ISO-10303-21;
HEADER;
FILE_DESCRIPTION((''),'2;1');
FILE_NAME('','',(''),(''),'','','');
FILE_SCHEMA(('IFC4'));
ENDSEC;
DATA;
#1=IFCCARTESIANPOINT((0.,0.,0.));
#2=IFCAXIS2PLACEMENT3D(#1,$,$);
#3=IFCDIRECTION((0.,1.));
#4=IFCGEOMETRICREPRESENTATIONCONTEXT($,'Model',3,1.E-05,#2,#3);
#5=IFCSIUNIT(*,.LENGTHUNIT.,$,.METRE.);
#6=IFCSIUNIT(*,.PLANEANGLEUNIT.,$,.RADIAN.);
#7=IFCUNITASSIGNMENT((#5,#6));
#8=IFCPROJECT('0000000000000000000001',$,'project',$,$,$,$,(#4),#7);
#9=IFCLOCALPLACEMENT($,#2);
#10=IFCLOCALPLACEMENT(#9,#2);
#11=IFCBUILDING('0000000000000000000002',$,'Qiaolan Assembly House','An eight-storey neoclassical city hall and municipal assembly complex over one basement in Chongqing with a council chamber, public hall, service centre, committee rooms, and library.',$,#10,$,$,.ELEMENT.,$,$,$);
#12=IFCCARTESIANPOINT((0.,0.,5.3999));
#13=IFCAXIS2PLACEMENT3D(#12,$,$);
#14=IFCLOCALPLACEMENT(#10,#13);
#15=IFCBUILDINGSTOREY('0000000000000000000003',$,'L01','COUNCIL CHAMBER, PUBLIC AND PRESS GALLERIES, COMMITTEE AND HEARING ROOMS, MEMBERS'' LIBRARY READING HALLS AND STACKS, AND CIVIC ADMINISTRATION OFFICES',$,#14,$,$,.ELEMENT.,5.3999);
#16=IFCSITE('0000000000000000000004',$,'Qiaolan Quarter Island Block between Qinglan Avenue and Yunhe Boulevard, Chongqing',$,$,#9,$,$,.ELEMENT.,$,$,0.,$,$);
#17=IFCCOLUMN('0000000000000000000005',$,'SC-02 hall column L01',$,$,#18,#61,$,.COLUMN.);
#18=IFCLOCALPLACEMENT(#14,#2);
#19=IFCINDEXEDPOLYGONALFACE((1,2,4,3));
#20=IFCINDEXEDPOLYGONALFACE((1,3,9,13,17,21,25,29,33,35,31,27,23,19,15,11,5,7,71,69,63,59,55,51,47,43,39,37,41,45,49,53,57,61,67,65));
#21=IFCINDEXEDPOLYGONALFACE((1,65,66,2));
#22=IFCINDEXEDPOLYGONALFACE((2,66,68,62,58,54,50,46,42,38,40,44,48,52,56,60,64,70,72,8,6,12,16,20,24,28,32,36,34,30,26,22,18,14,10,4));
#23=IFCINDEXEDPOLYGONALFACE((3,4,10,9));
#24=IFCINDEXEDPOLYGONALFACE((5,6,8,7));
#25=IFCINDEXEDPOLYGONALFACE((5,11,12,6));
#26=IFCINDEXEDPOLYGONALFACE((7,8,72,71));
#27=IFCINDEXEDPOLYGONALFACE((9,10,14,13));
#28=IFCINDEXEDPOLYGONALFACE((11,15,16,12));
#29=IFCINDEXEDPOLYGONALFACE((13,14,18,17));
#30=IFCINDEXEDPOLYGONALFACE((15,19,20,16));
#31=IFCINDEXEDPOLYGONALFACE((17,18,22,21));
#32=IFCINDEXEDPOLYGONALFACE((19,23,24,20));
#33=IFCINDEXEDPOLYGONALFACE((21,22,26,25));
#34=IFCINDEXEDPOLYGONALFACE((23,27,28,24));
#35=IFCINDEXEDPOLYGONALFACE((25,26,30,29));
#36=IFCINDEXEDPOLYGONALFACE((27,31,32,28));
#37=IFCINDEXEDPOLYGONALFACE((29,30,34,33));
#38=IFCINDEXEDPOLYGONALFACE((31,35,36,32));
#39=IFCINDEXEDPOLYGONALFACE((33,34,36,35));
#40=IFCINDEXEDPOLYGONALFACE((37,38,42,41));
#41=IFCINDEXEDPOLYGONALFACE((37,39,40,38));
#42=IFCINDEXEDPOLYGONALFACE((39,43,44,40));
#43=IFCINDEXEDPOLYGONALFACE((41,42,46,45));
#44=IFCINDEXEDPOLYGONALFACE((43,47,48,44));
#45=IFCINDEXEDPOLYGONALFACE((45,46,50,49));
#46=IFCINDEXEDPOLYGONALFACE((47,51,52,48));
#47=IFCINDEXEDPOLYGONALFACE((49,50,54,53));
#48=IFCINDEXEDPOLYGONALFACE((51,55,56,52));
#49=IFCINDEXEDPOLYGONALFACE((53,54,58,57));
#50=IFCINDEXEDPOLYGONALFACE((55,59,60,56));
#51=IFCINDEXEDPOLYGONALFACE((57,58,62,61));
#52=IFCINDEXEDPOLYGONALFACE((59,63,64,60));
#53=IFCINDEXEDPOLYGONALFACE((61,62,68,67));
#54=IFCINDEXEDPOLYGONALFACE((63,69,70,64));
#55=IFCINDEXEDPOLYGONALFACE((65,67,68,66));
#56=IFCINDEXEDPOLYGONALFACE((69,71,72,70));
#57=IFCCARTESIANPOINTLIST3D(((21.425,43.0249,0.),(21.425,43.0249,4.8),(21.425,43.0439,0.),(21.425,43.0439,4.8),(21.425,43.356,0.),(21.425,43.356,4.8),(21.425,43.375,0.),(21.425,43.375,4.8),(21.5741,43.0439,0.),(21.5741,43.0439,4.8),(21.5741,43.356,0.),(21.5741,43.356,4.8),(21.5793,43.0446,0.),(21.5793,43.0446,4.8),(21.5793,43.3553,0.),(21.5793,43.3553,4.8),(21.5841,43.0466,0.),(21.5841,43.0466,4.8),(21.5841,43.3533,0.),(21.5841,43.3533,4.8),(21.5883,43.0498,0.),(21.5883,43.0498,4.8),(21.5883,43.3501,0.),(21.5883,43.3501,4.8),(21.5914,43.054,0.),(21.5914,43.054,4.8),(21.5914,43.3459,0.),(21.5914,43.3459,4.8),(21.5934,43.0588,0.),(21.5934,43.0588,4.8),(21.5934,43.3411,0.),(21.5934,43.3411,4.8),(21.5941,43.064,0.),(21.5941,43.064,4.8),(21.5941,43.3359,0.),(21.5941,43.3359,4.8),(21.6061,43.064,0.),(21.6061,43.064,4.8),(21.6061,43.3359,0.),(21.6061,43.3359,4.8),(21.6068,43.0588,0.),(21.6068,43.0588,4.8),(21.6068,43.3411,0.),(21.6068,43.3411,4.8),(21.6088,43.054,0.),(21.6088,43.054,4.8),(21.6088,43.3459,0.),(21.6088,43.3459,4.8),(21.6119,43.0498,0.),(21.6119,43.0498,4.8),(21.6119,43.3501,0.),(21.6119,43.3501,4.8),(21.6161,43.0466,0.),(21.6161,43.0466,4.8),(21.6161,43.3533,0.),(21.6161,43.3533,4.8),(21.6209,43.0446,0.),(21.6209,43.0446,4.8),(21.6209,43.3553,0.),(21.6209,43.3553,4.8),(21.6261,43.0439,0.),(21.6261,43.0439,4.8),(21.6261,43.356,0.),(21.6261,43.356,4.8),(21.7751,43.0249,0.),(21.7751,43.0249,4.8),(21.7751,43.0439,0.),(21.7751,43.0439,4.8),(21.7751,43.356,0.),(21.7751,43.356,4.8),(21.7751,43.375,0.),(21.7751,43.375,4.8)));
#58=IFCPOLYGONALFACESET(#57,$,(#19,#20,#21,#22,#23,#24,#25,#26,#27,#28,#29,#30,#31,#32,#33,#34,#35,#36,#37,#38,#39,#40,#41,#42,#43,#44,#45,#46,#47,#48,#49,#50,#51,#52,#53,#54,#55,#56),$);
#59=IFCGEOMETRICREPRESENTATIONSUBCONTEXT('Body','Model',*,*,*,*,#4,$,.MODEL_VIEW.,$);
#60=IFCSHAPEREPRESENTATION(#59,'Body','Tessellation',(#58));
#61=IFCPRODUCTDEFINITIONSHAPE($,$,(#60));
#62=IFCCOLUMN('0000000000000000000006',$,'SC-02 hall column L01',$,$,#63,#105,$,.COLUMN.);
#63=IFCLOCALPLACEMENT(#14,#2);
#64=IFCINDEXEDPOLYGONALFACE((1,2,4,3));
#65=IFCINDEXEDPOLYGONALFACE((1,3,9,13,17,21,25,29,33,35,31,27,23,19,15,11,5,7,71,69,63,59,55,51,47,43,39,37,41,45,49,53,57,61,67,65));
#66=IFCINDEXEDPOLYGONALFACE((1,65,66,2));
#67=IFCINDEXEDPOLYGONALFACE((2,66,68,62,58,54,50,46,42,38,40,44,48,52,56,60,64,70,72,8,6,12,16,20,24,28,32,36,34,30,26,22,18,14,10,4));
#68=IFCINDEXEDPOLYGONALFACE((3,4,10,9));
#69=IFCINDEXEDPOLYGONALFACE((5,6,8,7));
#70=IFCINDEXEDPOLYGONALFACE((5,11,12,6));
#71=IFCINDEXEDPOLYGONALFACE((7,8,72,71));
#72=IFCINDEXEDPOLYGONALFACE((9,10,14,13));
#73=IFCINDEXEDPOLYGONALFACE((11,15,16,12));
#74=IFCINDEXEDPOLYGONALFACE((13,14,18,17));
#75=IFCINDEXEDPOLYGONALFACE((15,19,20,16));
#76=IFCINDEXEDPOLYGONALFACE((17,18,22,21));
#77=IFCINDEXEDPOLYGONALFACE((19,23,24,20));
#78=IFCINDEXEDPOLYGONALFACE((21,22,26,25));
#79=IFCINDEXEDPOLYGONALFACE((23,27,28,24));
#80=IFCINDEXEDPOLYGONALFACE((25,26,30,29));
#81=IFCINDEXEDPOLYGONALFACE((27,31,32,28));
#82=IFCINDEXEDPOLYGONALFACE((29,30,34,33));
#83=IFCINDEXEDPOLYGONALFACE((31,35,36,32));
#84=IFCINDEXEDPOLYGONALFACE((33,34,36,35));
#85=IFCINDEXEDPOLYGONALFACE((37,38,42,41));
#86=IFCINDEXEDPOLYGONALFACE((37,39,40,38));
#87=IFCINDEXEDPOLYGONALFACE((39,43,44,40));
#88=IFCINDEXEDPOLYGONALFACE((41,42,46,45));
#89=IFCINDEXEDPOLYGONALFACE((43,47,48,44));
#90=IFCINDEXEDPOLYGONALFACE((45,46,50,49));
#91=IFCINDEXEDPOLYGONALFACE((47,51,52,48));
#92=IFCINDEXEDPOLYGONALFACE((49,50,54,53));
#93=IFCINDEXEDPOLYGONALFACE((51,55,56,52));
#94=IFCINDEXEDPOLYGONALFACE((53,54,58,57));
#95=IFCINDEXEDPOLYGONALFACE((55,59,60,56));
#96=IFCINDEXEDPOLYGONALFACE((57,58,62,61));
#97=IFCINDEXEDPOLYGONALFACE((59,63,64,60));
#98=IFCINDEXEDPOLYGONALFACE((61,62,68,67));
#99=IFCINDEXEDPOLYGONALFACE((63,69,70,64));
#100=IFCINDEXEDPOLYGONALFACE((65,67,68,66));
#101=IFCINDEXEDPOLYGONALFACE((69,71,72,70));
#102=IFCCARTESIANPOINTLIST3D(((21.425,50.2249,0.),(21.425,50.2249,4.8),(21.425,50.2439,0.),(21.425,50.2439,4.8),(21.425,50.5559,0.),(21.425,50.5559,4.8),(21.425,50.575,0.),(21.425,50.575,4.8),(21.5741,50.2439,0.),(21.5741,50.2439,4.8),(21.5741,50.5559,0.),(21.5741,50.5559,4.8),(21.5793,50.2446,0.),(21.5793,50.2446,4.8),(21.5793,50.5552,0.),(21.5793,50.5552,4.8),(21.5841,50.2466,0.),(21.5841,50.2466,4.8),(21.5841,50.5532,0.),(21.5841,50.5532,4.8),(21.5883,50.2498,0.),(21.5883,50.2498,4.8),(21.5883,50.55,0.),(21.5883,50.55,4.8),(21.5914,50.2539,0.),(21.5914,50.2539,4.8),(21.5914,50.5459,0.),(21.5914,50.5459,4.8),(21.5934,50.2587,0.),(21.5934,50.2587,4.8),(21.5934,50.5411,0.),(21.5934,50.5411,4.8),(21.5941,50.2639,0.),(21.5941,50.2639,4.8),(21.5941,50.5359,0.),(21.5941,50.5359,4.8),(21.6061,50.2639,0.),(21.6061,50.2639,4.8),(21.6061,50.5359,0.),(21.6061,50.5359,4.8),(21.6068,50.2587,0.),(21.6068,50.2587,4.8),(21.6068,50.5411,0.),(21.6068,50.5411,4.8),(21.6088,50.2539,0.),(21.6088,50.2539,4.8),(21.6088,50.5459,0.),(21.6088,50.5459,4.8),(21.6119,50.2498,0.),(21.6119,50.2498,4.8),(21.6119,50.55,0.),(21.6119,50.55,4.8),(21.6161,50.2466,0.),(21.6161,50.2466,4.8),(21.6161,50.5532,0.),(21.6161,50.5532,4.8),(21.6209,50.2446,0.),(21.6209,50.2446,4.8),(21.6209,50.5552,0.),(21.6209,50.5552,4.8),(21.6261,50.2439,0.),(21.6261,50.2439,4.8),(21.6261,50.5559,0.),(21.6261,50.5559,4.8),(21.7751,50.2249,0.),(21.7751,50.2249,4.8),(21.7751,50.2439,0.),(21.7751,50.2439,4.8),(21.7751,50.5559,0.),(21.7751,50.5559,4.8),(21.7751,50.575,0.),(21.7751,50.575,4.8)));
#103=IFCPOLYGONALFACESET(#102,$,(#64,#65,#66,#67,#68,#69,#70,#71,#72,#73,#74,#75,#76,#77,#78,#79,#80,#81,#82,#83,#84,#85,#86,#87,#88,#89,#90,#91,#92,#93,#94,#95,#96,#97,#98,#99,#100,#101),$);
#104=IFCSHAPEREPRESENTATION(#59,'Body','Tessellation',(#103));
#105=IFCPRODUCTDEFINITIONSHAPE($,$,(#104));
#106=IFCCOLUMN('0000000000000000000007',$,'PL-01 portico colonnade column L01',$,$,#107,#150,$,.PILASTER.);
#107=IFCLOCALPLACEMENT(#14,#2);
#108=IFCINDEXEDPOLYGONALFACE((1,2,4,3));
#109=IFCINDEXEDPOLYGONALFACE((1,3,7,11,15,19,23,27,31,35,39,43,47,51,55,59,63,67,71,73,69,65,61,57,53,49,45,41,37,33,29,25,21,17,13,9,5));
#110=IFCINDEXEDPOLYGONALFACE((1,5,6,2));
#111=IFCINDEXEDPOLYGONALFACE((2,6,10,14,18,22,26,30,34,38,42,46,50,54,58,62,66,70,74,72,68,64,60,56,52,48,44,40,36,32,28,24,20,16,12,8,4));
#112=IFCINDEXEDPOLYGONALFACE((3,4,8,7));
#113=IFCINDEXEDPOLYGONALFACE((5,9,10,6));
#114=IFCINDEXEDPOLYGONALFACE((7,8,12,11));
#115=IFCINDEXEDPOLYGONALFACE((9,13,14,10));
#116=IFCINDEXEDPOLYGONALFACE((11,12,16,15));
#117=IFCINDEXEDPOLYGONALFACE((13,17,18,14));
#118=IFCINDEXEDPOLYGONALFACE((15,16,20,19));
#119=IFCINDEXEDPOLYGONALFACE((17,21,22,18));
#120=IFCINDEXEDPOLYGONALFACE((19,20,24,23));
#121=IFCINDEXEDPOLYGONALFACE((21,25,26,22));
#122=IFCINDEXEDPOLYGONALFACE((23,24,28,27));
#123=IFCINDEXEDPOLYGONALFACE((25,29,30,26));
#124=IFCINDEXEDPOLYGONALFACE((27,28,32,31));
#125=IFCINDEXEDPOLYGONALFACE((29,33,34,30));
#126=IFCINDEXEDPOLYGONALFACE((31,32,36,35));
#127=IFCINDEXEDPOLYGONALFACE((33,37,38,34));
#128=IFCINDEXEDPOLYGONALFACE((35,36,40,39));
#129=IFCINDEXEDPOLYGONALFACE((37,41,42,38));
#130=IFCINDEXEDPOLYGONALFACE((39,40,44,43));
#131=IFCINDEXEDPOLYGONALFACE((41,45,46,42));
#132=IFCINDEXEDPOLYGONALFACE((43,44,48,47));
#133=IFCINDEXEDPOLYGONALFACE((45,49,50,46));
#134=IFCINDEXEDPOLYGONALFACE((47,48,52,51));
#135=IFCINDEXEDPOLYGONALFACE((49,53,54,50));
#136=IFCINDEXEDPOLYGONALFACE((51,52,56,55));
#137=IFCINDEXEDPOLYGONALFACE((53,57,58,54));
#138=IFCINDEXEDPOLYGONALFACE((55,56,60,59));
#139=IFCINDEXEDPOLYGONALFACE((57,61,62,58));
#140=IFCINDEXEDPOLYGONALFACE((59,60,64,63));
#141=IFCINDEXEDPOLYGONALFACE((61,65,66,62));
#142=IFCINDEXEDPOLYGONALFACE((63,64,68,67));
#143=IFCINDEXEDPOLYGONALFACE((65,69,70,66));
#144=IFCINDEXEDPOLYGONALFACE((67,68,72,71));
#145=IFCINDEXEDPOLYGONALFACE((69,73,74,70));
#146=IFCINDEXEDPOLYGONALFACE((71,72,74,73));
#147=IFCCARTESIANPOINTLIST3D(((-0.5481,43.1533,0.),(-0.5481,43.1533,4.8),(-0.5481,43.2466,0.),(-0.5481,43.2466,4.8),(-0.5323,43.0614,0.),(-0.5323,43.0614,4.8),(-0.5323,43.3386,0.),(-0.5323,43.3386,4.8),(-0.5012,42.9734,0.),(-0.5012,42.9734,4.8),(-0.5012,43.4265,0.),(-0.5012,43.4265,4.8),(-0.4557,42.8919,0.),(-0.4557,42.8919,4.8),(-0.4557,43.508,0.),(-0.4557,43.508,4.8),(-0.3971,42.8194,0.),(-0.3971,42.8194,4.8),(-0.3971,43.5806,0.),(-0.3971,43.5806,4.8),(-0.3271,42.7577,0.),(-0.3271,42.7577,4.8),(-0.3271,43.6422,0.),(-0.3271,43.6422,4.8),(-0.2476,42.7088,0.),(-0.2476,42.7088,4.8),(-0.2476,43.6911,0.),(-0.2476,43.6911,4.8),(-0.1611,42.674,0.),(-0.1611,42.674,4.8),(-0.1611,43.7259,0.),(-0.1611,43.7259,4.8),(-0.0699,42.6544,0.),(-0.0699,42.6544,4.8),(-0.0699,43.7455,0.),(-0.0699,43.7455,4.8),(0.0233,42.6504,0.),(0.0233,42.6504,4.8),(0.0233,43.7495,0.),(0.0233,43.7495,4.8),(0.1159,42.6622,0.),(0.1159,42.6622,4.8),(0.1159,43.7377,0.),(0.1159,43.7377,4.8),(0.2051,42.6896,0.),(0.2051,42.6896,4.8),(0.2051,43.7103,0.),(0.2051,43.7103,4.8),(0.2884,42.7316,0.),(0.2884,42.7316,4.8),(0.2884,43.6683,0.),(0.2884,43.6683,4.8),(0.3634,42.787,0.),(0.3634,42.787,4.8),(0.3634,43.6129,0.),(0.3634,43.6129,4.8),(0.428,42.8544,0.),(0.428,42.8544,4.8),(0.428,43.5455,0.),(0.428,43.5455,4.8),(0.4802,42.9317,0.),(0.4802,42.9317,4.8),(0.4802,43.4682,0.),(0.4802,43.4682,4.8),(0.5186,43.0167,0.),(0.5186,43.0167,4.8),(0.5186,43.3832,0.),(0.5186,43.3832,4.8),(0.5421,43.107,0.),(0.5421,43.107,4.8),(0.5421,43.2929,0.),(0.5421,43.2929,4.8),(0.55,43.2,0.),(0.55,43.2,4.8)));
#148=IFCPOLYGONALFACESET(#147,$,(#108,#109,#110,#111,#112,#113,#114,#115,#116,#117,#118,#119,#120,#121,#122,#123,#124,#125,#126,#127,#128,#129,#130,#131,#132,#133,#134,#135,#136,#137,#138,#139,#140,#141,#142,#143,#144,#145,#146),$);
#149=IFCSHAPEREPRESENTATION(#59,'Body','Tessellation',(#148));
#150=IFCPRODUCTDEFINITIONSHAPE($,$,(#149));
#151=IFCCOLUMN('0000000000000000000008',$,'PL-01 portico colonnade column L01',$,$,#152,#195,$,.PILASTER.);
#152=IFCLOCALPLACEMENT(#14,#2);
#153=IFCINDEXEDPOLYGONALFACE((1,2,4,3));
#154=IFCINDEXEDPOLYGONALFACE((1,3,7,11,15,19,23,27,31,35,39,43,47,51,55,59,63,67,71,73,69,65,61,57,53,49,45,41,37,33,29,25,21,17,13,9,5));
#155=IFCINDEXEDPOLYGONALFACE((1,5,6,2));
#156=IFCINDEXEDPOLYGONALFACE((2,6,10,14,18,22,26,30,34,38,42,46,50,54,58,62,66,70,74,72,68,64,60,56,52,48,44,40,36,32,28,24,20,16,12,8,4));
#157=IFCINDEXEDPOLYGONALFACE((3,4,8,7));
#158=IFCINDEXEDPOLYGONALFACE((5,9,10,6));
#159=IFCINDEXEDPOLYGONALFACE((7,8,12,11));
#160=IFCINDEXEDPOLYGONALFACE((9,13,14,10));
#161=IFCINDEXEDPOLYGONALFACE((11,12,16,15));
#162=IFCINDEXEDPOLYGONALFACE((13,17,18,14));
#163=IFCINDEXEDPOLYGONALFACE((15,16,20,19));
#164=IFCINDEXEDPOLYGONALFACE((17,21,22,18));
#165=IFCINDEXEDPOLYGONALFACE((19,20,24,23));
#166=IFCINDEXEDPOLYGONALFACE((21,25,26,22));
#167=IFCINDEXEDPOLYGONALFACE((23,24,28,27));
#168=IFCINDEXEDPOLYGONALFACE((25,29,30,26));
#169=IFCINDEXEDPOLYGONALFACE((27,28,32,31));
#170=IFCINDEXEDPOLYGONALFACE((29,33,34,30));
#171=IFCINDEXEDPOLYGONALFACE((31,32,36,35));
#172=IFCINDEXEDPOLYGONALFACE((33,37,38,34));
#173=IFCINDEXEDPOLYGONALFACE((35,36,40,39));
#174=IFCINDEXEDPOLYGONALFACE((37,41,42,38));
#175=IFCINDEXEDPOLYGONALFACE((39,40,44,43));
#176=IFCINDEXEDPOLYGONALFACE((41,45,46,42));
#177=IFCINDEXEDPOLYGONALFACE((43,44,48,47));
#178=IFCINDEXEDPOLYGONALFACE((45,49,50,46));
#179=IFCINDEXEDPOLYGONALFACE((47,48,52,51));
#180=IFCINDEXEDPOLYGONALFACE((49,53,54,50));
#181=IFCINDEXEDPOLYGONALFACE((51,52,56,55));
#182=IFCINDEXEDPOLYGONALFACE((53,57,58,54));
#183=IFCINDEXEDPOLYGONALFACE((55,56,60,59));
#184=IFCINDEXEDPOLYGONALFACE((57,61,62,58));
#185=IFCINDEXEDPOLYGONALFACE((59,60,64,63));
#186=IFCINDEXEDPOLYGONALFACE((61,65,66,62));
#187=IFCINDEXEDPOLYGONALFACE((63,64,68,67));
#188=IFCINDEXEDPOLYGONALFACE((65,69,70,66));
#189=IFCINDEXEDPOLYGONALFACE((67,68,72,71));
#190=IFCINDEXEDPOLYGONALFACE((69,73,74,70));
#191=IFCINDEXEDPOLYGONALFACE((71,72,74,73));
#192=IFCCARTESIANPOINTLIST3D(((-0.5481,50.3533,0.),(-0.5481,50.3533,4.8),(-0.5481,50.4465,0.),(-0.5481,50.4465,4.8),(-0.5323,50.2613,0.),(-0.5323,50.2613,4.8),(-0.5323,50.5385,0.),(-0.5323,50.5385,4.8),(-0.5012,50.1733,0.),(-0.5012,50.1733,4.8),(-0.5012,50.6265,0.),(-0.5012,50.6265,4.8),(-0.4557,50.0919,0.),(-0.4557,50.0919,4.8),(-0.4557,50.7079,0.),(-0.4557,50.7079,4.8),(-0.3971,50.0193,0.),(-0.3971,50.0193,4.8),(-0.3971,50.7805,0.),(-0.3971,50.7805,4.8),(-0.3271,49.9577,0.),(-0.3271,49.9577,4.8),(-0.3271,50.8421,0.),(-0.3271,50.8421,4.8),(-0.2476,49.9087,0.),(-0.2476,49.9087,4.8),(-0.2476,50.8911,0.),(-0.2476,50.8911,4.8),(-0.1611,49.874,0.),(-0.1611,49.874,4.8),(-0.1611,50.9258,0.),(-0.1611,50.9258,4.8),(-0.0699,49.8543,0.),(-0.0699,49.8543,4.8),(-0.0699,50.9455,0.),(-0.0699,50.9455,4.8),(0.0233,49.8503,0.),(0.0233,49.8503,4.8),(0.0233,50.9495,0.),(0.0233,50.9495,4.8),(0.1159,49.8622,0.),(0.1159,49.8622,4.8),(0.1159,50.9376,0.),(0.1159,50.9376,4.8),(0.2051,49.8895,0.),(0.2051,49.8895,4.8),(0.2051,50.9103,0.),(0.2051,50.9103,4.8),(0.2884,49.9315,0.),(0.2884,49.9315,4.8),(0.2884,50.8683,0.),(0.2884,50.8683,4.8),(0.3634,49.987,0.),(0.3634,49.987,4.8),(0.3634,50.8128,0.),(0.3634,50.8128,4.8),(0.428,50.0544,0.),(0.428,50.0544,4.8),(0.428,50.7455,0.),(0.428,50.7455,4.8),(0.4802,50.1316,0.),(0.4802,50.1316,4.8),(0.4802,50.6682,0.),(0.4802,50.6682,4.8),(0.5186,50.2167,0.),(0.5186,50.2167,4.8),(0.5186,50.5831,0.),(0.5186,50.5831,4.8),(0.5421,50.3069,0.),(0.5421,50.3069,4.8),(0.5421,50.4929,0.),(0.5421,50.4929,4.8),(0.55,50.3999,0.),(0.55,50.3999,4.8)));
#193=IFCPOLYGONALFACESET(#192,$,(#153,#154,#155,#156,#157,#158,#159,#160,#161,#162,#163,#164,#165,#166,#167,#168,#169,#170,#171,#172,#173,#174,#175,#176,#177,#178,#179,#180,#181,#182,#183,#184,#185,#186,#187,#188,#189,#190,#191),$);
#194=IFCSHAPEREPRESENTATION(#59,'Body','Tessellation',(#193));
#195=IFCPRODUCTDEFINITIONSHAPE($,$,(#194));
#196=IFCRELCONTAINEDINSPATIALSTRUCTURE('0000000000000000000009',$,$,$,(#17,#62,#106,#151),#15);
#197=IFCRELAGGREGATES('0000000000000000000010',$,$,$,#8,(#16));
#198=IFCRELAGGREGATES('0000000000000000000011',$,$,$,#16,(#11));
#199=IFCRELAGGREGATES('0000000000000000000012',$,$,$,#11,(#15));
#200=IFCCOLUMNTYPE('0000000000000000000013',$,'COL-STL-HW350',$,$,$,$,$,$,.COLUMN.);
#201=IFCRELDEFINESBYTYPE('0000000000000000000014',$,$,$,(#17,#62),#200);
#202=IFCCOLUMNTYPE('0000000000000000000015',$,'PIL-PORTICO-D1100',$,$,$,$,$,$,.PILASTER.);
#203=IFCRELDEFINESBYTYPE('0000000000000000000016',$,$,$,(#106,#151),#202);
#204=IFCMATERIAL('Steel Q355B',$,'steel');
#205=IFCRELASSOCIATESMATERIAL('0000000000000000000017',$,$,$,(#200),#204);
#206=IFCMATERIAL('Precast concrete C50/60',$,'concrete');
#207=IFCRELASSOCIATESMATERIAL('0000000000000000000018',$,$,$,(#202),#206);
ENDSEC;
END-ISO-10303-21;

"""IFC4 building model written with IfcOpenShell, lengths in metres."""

from ifc_helpers import new_model, si_unit, direction, frame, origin, origin_2d, place, context, subcontext, project, spatial, circle, i_section, extrude, material, material_profile, profile_set, type_object, element, save


model = new_model("IFC4")

# Units and contexts
model_context = context("Model", 3, precision=1e-05, world=origin(), true_north=direction((0.0, 1.0)))
body_context = subcontext(model_context, "Body", "Model", "MODEL_VIEW")
ifc_project = project(units=[si_unit("LENGTHUNIT", "METRE"), si_unit("PLANEANGLEUNIT", "RADIAN")], contexts=[model_context])

# Site, building, storey
site_placement = place(None, origin())
site = spatial("IfcSite", under=ifc_project, at=site_placement, Name="Qiaolan Quarter Island Block between Qinglan Avenue and Yunhe Boulevard, Chongqing", CompositionType="ELEMENT", RefElevation=0.0)
building_placement = place(site_placement, origin())
building = spatial("IfcBuilding", under=site, at=building_placement, Name="Qiaolan Assembly House", Description="An eight-storey neoclassical city hall and municipal assembly complex over one basement in Chongqing with a council chamber, public hall, service centre, committee rooms, and library.", CompositionType="ELEMENT")
storey_placement = place(building_placement, frame((0.0, 0.0, 5.3999)))
storey = spatial("IfcBuildingStorey", under=building, at=storey_placement, Name="L01", Description="COUNCIL CHAMBER, PUBLIC AND PRESS GALLERIES, COMMITTEE AND HEARING ROOMS, MEMBERS' LIBRARY READING HALLS AND STACKS, AND CIVIC ADMINISTRATION OFFICES", CompositionType="ELEMENT", Elevation=5.3999)

# Columns
ifc_material_1 = material(Name="Steel Q355B", Category="steel")
ifc_material_profile_1 = material_profile(ifc_material_1, i_section(OverallWidth=0.3501, OverallDepth=0.3501, WebThickness=0.012, FlangeThickness=0.019, FilletRadius=0.02, at=origin_2d()), Name="HW 350x350x12x19")
ifc_profile_set_1 = profile_set([ifc_material_profile_1], Name="Steel Q355B")
column_type_1 = type_object("IfcColumnType", Name="COL-STL-HW350", PredefinedType="COLUMN", material=ifc_profile_set_1)
for number, where, z_axis, x_axis, name in (
    (1, (21.6001, 43.2, 0.0), (0.0, 0.0, 1.0), (1.0, 0.0, 0.0), "SC-02 hall column L01"),
    (2, (21.6001, 50.3999, 0.0), (0.0, 0.0, 1.0), (1.0, 0.0, 0.0), "SC-02 hall column L01"),
):
    element("IfcColumn", number, at=place(storey_placement, frame(where, z_axis=z_axis, x_axis=x_axis)), inside=storey, type_object=column_type_1, Name=name, PredefinedType="COLUMN", context=body_context, shape_type="SweptSolid", body=[
        extrude(i_section(OverallWidth=0.3501, OverallDepth=0.3501, WebThickness=0.012, FlangeThickness=0.019, FilletRadius=0.02, at=origin_2d()), origin(), (0.0, 0.0, 1.0), 4.8),
    ])
ifc_material_2 = material(Name="Precast concrete C50/60", Category="concrete")
ifc_material_profile_2 = material_profile(ifc_material_2, circle(Radius=0.55, at=origin_2d()), Name="CIRC D1100")
ifc_profile_set_2 = profile_set([ifc_material_profile_2], Name="Precast concrete C50/60")
column_type_2 = type_object("IfcColumnType", Name="PIL-PORTICO-D1100", PredefinedType="PILASTER", material=ifc_profile_set_2)
for number, where, z_axis, x_axis, name in (
    (3, (0.0, 43.2, 0.0), (0.0, 0.0, 1.0), (1.0, 0.0, 0.0), "PL-01 portico colonnade column L01"),
    (4, (0.0, 50.3999, 0.0), (0.0, 0.0, 1.0), (1.0, 0.0, 0.0), "PL-01 portico colonnade column L01"),
):
    element("IfcColumn", number, at=place(storey_placement, frame(where, z_axis=z_axis, x_axis=x_axis)), inside=storey, type_object=column_type_2, Name=name, PredefinedType="PILASTER", context=body_context, shape_type="SweptSolid", body=[
        extrude(circle(Radius=0.55, at=origin_2d()), origin(), (0.0, 0.0, 1.0), 4.8),
    ])

save(model, "model.ifc")
